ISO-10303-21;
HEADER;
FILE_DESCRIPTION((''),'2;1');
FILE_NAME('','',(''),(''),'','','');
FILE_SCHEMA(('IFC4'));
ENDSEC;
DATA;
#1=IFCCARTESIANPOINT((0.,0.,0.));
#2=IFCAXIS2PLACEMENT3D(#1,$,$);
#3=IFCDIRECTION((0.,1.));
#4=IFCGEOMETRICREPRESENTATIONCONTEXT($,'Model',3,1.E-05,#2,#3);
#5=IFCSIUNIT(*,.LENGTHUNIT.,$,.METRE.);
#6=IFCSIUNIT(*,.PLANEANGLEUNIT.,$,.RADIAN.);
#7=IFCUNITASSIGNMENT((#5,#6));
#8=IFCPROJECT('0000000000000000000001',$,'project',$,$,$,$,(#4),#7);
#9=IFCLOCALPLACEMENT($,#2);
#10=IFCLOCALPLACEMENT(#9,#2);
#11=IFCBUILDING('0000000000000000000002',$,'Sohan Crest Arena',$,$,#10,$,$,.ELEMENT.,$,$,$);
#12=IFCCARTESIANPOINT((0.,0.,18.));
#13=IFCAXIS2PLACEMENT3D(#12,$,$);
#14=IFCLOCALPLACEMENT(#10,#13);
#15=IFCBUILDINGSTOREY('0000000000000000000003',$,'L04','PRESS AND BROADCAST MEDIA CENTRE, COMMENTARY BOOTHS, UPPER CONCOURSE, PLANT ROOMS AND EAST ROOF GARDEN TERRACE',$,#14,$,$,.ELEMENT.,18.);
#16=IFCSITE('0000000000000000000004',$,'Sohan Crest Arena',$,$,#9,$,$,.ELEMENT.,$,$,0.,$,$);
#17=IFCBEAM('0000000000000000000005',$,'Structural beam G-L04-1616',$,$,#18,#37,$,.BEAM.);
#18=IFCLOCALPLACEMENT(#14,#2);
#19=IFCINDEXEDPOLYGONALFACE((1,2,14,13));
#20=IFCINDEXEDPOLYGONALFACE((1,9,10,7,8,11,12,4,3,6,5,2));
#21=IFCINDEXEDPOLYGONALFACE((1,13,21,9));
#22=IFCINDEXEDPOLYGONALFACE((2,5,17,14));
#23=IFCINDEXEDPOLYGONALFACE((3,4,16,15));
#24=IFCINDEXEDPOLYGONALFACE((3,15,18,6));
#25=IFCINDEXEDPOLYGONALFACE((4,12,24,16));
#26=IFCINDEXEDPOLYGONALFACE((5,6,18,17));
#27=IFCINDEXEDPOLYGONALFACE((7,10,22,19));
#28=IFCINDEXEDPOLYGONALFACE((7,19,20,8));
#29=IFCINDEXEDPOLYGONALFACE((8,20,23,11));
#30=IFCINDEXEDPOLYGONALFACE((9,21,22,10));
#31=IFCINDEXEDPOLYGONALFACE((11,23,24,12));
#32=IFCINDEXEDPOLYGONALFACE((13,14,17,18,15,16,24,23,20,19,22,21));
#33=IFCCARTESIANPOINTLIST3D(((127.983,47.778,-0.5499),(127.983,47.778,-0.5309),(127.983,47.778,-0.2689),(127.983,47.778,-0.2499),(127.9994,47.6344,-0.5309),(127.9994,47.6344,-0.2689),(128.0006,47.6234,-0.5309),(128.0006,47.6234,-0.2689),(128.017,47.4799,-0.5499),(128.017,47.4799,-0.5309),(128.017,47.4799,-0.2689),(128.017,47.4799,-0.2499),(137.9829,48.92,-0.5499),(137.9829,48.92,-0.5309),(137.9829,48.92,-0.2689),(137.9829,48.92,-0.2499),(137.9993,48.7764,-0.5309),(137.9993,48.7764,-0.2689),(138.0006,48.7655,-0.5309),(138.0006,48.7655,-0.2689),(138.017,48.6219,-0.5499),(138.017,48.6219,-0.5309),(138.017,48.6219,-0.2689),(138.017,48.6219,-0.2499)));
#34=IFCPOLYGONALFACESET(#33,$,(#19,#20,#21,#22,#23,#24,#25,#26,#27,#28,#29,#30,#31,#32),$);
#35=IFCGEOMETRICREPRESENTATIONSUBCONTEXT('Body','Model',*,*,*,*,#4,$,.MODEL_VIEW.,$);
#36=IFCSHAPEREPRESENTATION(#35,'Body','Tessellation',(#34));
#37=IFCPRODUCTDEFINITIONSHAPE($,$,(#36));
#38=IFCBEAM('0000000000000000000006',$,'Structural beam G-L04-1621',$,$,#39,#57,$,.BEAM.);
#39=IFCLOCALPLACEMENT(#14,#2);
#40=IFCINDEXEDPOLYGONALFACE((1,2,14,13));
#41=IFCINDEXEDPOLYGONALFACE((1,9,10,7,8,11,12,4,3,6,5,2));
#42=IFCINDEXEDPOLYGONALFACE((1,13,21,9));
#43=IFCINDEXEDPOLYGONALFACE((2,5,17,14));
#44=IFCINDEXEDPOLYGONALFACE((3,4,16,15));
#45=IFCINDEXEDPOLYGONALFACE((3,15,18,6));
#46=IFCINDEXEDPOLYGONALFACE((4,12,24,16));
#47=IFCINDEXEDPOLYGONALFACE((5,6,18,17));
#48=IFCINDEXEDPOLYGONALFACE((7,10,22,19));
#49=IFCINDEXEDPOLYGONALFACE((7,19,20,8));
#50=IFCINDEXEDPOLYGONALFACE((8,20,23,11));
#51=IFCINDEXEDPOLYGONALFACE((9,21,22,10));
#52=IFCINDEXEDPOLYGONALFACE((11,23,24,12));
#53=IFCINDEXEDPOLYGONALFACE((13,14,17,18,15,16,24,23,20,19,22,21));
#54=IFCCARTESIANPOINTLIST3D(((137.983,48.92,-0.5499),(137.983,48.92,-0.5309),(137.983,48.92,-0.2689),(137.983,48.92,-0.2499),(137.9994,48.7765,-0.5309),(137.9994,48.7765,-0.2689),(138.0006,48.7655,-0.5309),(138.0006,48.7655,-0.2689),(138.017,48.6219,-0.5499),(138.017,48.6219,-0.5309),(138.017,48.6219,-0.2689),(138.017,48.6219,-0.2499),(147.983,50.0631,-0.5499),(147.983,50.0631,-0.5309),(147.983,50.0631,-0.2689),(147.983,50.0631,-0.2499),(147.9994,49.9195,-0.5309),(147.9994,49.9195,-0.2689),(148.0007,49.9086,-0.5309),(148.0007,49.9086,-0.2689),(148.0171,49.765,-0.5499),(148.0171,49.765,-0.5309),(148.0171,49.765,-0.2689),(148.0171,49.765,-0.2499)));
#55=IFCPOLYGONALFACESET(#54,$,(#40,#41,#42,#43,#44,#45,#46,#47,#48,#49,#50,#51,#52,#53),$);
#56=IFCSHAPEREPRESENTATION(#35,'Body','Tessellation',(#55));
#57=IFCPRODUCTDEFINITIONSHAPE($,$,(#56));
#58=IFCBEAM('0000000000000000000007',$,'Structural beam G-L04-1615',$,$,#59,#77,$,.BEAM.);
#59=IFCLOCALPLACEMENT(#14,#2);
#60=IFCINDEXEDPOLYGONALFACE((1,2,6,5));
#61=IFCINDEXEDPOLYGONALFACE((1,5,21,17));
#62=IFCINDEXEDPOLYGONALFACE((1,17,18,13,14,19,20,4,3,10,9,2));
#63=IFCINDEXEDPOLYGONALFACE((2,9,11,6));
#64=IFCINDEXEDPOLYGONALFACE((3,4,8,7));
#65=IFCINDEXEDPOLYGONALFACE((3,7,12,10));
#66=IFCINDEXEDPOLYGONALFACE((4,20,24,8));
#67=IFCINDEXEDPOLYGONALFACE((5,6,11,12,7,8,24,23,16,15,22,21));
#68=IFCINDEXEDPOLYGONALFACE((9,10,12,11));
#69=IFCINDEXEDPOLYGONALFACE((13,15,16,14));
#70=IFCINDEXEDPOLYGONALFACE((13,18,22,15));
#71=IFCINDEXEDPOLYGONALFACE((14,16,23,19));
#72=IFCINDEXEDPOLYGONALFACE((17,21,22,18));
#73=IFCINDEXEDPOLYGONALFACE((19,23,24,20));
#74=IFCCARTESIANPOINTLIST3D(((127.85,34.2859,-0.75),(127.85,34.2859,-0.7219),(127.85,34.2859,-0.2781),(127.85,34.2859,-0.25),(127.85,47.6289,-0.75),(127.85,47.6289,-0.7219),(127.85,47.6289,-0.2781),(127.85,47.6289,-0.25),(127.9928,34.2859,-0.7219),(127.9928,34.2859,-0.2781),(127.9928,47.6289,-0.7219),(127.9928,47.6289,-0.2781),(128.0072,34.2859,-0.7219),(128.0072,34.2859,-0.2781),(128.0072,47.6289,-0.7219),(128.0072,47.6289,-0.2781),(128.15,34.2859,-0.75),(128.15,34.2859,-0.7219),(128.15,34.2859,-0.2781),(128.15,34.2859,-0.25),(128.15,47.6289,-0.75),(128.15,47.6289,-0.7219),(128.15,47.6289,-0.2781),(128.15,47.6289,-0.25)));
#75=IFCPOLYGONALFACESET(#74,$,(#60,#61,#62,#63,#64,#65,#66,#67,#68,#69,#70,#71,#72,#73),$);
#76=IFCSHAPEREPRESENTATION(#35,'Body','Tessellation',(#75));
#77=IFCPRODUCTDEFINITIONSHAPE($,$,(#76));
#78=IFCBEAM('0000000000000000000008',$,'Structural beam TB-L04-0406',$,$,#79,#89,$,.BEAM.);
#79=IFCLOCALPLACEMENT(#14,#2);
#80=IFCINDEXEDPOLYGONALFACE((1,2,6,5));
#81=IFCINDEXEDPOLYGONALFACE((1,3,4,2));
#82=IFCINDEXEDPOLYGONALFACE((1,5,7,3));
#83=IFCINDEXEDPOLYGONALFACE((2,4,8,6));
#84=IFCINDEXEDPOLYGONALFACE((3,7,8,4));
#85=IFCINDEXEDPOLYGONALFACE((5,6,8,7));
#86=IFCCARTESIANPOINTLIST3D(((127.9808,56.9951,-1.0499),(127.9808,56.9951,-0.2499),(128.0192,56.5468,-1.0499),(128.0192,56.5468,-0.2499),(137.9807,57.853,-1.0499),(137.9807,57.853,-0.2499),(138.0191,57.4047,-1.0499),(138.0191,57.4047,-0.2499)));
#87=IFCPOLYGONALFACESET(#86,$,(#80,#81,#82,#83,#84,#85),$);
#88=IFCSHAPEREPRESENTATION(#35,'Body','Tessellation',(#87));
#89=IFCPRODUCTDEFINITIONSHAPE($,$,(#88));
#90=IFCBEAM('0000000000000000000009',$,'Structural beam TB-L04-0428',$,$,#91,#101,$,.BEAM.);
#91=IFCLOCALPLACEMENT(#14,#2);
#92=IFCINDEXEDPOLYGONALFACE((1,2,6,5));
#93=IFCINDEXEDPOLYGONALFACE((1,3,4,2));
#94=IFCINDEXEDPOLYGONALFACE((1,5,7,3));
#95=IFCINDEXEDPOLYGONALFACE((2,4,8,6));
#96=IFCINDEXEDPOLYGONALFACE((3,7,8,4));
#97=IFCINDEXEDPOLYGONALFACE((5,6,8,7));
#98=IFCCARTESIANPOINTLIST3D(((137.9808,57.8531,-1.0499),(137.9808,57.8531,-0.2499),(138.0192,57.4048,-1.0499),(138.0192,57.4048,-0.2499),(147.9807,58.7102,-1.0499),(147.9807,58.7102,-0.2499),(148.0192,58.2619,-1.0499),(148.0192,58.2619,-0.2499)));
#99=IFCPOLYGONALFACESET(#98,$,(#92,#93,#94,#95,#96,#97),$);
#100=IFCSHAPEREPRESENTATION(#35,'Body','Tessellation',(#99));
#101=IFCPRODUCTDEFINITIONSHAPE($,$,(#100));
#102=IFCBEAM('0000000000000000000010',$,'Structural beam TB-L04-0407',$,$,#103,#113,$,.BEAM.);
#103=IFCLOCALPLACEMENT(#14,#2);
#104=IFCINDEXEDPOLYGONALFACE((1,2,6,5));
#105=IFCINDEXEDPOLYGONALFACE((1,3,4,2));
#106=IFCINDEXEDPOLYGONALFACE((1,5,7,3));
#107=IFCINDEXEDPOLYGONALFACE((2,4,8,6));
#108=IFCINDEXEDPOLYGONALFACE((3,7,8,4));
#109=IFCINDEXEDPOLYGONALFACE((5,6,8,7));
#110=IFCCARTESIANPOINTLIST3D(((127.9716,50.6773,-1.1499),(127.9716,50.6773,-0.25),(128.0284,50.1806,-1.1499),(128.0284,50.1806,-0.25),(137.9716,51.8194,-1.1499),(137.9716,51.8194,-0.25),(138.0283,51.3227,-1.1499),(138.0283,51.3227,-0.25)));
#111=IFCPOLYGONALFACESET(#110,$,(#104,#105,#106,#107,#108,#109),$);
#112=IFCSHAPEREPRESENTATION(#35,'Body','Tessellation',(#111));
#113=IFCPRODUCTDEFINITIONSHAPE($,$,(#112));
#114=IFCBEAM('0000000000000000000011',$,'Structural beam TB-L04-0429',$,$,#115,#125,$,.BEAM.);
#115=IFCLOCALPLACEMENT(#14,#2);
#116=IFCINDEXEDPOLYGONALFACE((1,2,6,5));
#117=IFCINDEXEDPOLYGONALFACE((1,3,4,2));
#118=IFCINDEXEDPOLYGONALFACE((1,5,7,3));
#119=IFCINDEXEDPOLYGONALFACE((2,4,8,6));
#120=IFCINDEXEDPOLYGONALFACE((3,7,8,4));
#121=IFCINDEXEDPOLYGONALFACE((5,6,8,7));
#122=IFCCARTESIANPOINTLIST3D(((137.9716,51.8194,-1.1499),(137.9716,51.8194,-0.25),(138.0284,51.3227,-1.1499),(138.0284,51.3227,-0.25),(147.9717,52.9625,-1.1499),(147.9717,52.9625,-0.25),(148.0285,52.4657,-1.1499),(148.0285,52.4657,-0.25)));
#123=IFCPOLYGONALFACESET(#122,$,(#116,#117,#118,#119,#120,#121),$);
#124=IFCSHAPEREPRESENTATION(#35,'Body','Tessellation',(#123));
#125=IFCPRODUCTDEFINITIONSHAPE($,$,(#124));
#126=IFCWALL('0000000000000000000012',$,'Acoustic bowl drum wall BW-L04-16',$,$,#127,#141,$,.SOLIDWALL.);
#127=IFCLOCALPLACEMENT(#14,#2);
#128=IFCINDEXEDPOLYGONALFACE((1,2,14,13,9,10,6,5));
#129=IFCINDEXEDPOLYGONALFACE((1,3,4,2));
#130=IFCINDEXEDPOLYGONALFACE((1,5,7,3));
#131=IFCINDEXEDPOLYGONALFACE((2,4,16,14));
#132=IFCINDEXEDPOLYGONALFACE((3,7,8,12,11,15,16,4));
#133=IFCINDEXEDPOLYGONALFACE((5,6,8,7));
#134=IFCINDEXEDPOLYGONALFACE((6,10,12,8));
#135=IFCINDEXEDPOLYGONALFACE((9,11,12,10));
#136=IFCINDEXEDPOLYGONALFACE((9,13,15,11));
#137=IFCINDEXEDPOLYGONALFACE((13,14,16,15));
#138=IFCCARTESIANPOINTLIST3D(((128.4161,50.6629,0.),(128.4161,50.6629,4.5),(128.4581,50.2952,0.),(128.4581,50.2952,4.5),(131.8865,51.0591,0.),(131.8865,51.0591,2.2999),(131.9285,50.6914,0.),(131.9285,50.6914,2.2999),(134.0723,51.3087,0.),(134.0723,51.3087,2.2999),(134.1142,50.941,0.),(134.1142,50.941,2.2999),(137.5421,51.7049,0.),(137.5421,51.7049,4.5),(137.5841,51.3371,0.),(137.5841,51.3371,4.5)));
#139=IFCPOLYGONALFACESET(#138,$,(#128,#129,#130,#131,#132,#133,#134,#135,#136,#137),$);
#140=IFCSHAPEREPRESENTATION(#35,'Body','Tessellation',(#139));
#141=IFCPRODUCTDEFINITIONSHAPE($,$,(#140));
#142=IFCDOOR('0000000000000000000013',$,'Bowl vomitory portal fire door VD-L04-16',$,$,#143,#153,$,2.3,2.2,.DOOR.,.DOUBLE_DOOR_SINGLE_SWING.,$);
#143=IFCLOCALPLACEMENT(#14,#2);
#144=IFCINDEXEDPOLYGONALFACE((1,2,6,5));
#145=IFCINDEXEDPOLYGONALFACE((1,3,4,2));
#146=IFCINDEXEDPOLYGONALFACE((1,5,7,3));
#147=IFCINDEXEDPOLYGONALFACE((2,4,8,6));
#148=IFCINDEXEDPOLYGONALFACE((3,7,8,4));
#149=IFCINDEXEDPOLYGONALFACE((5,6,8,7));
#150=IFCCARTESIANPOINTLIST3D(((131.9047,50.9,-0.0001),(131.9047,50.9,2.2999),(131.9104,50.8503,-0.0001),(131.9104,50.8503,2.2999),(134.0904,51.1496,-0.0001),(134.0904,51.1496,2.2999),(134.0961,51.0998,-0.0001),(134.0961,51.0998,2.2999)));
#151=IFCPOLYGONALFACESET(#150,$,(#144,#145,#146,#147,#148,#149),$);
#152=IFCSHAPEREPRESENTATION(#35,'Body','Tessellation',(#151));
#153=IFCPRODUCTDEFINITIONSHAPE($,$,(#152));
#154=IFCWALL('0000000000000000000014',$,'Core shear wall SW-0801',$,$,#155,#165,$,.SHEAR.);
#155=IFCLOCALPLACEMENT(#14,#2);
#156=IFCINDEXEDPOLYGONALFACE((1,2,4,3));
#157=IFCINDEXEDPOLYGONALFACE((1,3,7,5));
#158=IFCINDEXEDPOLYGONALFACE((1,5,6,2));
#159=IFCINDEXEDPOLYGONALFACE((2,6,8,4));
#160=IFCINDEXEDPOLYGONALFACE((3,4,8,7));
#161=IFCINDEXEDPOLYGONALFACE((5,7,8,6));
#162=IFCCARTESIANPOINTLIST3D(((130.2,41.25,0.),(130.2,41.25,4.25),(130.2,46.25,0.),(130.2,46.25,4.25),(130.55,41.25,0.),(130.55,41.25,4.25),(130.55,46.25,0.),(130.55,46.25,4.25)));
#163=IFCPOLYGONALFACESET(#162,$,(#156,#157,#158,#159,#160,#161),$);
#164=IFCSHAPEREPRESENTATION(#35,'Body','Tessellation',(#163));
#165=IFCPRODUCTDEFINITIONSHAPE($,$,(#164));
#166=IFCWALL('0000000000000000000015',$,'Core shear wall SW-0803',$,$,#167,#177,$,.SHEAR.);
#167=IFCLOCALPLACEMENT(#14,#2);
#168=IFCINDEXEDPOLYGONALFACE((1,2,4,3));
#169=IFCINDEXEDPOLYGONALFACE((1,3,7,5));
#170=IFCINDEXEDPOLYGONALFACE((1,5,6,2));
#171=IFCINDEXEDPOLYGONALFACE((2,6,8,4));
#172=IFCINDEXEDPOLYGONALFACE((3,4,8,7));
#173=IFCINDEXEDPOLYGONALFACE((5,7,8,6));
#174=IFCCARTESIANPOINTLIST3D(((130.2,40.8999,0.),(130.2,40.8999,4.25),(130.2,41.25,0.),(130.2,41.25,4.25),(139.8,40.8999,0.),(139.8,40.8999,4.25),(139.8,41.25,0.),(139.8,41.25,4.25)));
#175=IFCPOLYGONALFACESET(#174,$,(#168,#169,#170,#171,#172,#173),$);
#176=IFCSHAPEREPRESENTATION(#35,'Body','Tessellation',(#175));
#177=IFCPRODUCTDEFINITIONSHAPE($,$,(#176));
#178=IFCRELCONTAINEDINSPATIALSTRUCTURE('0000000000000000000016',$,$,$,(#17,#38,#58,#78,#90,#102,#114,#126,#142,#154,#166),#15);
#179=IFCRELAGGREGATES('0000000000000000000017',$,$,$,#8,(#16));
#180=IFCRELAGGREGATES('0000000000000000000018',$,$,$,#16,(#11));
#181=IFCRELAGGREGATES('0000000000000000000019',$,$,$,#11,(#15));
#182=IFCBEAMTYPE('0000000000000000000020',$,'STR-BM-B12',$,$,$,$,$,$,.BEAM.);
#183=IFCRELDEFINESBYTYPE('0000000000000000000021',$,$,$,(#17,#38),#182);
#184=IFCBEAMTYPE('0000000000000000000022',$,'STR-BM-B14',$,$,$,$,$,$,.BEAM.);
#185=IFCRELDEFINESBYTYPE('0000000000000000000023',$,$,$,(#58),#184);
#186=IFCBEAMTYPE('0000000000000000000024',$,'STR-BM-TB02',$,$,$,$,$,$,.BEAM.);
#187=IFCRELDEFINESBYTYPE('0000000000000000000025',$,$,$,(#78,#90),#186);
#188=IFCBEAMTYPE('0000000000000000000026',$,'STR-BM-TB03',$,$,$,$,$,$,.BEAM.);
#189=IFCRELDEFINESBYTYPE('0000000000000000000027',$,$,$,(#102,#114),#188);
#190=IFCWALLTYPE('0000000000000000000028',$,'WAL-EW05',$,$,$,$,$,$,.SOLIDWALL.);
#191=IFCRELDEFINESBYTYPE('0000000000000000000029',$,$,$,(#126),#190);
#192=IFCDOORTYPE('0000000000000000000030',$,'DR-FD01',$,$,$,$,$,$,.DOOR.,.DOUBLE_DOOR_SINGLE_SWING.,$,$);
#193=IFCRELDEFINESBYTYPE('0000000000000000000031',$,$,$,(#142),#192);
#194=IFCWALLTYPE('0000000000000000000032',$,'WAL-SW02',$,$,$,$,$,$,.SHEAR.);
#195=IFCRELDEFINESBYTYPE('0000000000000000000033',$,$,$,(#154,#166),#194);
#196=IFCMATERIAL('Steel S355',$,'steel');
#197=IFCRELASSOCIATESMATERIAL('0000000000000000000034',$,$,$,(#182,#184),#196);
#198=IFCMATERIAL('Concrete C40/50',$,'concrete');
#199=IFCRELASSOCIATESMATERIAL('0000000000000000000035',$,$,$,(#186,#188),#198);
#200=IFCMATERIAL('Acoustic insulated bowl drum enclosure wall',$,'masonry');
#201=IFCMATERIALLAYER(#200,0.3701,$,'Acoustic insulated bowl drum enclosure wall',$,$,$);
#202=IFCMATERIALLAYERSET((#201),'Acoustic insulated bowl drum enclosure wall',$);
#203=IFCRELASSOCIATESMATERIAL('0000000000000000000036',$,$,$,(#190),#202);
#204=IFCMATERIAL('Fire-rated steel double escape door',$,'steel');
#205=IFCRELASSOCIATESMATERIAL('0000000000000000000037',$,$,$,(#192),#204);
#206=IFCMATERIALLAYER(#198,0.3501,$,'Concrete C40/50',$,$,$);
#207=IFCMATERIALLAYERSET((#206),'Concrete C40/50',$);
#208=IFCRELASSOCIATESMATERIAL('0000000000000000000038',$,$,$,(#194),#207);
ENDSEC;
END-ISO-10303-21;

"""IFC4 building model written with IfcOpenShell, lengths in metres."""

from ifc_helpers import new_model, si_unit, direction, frame, frame_2d, origin, origin_2d, place, context, subcontext, project, spatial, rectangle, i_section, extrude, material, layer, layer_set, material_profile, profile_set, type_object, element, fill, save


model = new_model("IFC4")

# Units and contexts
model_context = context("Model", 3, precision=1e-05, world=origin(), true_north=direction((0.0, 1.0)))
body_context = subcontext(model_context, "Body", "Model", "MODEL_VIEW")
ifc_project = project(units=[si_unit("LENGTHUNIT", "METRE"), si_unit("PLANEANGLEUNIT", "RADIAN")], contexts=[model_context])

# Site, building, storey
site_placement = place(None, origin())
site = spatial("IfcSite", under=ifc_project, at=site_placement, Name="Sohan Crest Arena", CompositionType="ELEMENT", RefElevation=0.0)
building_placement = place(site_placement, origin())
building = spatial("IfcBuilding", under=site, at=building_placement, Name="Sohan Crest Arena", CompositionType="ELEMENT")
storey_placement = place(building_placement, frame((0.0, 0.0, 18.0)))
storey = spatial("IfcBuildingStorey", under=building, at=storey_placement, Name="L04", Description="PRESS AND BROADCAST MEDIA CENTRE, COMMENTARY BOOTHS, UPPER CONCOURSE, PLANT ROOMS AND EAST ROOF GARDEN TERRACE", CompositionType="ELEMENT", Elevation=18.0)

# Shared definitions
ifc_material_1 = material(Name="Concrete C40/50", Category="concrete")
ifc_material_2 = material(Name="Steel S355", Category="steel")

# Beams
ifc_material_profile_1 = material_profile(ifc_material_2, i_section(OverallWidth=0.3, OverallDepth=0.3, WebThickness=0.011, FlangeThickness=0.019, at=origin_2d()), Name="HEB 300")
ifc_profile_set_1 = profile_set([ifc_material_profile_1], Name="Steel S355")
beam_type_1 = type_object("IfcBeamType", Name="STR-BM-B12", PredefinedType="BEAM", material=ifc_profile_set_1)
beam_1_placement = place(storey_placement, frame((128.0, 47.6289, -0.3999), z_axis=(0.993541, 0.113471, 0.0), x_axis=(-0.113471, 0.993541, 0.0)))
element("IfcBeam", 1, at=beam_1_placement, inside=storey, type_object=beam_type_1, Name="Structural beam G-L04-1616", PredefinedType="BEAM", context=body_context, shape_type="SweptSolid", body=[
    extrude(i_section(OverallWidth=0.3, OverallDepth=0.3, WebThickness=0.011, FlangeThickness=0.019, at=origin_2d()), origin(), (0.0, 0.0, 1.0), 10.0649),
])
beam_2_placement = place(storey_placement, frame((138.0, 48.771, -0.3999), z_axis=(0.99353, 0.113567, 0.0), x_axis=(-0.113567, 0.99353, 0.0)))
element("IfcBeam", 2, at=beam_2_placement, inside=storey, type_object=beam_type_1, Name="Structural beam G-L04-1621", PredefinedType="BEAM", context=body_context, shape_type="SweptSolid", body=[
    extrude(i_section(OverallWidth=0.3, OverallDepth=0.3, WebThickness=0.011, FlangeThickness=0.019, at=origin_2d()), origin(), (0.0, 0.0, 1.0), 10.0652),
])
ifc_material_profile_2 = material_profile(ifc_material_2, i_section(OverallWidth=0.3, OverallDepth=0.5, WebThickness=0.0144, FlangeThickness=0.0281, at=origin_2d()), Name="HEB 500")
ifc_profile_set_2 = profile_set([ifc_material_profile_2], Name="Steel S355")
beam_type_2 = type_object("IfcBeamType", Name="STR-BM-B14", PredefinedType="BEAM", material=ifc_profile_set_2)
beam_3_placement = place(storey_placement, frame((128.0, 47.6289, -0.5), z_axis=(0.0, -1.0, 0.0), x_axis=(1.0, 0.0, 0.0)))
element("IfcBeam", 3, at=beam_3_placement, inside=storey, type_object=beam_type_2, Name="Structural beam G-L04-1615", PredefinedType="BEAM", context=body_context, shape_type="SweptSolid", body=[
    extrude(i_section(OverallWidth=0.3, OverallDepth=0.5, WebThickness=0.0144, FlangeThickness=0.0281, at=origin_2d()), origin(), (0.0, 0.0, 1.0), 13.343),
])
ifc_material_profile_3 = material_profile(ifc_material_1, rectangle(XDim=0.45, YDim=0.8, at=origin_2d()), Name="RC-BM 450x800")
ifc_profile_set_3 = profile_set([ifc_material_profile_3], Name="Concrete C40/50")
beam_type_3 = type_object("IfcBeamType", Name="STR-BM-TB02", PredefinedType="BEAM", material=ifc_profile_set_3)
for number, where, z_axis, x_axis, name in (
    (4, (128.0, 56.771, -0.6499), (0.99634, 0.085477, 0.0), (-0.085477, 0.99634, 0.0), "Structural beam TB-L04-0406"),
    (5, (138.0, 57.6289, -0.6499), (0.996346, 0.085405, 0.0), (-0.085405, 0.996346, 0.0), "Structural beam TB-L04-0428"),
):
    element("IfcBeam", number, at=place(storey_placement, frame(where, z_axis=z_axis, x_axis=x_axis)), inside=storey, type_object=beam_type_3, Name=name, PredefinedType="BEAM", context=body_context, shape_type="SweptSolid", body=[
        extrude(rectangle(XDim=0.45, YDim=0.8, at=origin_2d()), origin(), (0.0, 0.0, 1.0), 10.0366),
    ])
ifc_material_profile_4 = material_profile(ifc_material_1, rectangle(XDim=0.5, YDim=0.8999, at=origin_2d()), Name="RC-BM 500x900")
ifc_profile_set_4 = profile_set([ifc_material_profile_4], Name="Concrete C40/50")
beam_type_4 = type_object("IfcBeamType", Name="STR-BM-TB03", PredefinedType="BEAM", material=ifc_profile_set_4)
beam_4_placement = place(storey_placement, frame((128.0, 50.429, -0.7), z_axis=(0.993541, 0.113471, 0.0), x_axis=(-0.113471, 0.993541, 0.0)))
element("IfcBeam", 6, at=beam_4_placement, inside=storey, type_object=beam_type_4, Name="Structural beam TB-L04-0407", PredefinedType="BEAM", context=body_context, shape_type="SweptSolid", body=[
    extrude(rectangle(XDim=0.5, YDim=0.8999, at=origin_2d()), origin(), (0.0, 0.0, 1.0), 10.0649),
])
beam_5_placement = place(storey_placement, frame((138.0, 51.571, -0.7), z_axis=(0.99353, 0.113567, 0.0), x_axis=(-0.113567, 0.99353, 0.0)))
element("IfcBeam", 7, at=beam_5_placement, inside=storey, type_object=beam_type_4, Name="Structural beam TB-L04-0429", PredefinedType="BEAM", context=body_context, shape_type="SweptSolid", body=[
    extrude(rectangle(XDim=0.5, YDim=0.8999, at=origin_2d()), origin(), (0.0, 0.0, 1.0), 10.0652),
])

# Wall, opening, door
ifc_material_3 = material(Name="Acoustic insulated bowl drum enclosure wall", Category="masonry")
ifc_layer_1 = layer(ifc_material_3, 0.3701, Name="Acoustic insulated bowl drum enclosure wall")
ifc_layer_set_1 = layer_set([ifc_layer_1], Name="Acoustic insulated bowl drum enclosure wall")
wall_type_1 = type_object("IfcWallType", Name="WAL-EW05", PredefinedType="SOLIDWALL", material=ifc_layer_set_1)
wall_1_placement = place(storey_placement, frame((128.437, 50.479, 0.0), z_axis=(0.0, 0.0, 1.0), x_axis=(0.993545, 0.113442, 0.0)))
wall_1 = element("IfcWall", 8, at=wall_1_placement, inside=storey, type_object=wall_type_1, Name="Acoustic bowl drum wall BW-L04-16", PredefinedType="SOLIDWALL", context=body_context, shape_type="SweptSolid", body=[
    extrude(rectangle(XDim=9.1853, YDim=0.3701, at=frame_2d((4.5928, 0.0))), origin(), (0.0, 0.0, 1.0), 4.5),
])
opening_1_placement = place(wall_1_placement, frame((3.4929, 0.0, 0.0)))
opening_1 = element("IfcOpeningElement", 9, at=opening_1_placement, cuts=wall_1, PredefinedType="OPENING", context=body_context, shape_type="SweptSolid", body=[
    extrude(rectangle(XDim=2.2, YDim=2.3, at=frame_2d((1.1001, 1.1499))), frame((0.0, 0.1951, 0.0), z_axis=(0.0, -1.0, 0.0), x_axis=(1.0, 0.0, 0.0)), (0.0, 0.0, 1.0), 0.3901),
])
ifc_material_4 = material(Name="Fire-rated steel double escape door", Category="steel")
door_type_1 = type_object("IfcDoorType", Name="DR-FD01", OperationType="DOUBLE_DOOR_SINGLE_SWING", PredefinedType="DOOR", material=ifc_material_4)
door_1_placement = place(opening_1_placement, origin())
door_1 = element("IfcDoor", 10, at=door_1_placement, inside=storey, type_object=door_type_1, Name="Bowl vomitory portal fire door VD-L04-16", OperationType="DOUBLE_DOOR_SINGLE_SWING", OverallHeight=2.3, OverallWidth=2.2, PredefinedType="DOOR", context=body_context, shape_type="SweptSolid", body=[
    extrude(rectangle(XDim=2.2, YDim=2.3, at=frame_2d((1.1001, 1.1499))), frame((0.0, 0.0249, 0.0), z_axis=(0.0, -1.0, 0.0), x_axis=(1.0, 0.0, 0.0)), (0.0, 0.0, 1.0), 0.05),
])
fill(opening_1, door_1)

# Walls
ifc_layer_2 = layer(ifc_material_1, 0.3501, Name="Concrete C40/50")
ifc_layer_set_2 = layer_set([ifc_layer_2], Name="Concrete C40/50")
wall_type_2 = type_object("IfcWallType", Name="WAL-SW02", PredefinedType="SHEAR", material=ifc_layer_set_2)
wall_2_placement = place(storey_placement, frame((130.375, 41.25, 0.0), z_axis=(0.0, 0.0, 1.0), x_axis=(0.0, 1.0, 0.0)))
element("IfcWall", 11, at=wall_2_placement, inside=storey, type_object=wall_type_2, Name="Core shear wall SW-0801", PredefinedType="SHEAR", context=body_context, shape_type="SweptSolid", body=[
    extrude(rectangle(XDim=5.0, YDim=0.3501, at=frame_2d((2.5, 0.0))), origin(), (0.0, 0.0, 1.0), 4.25),
])
wall_3_placement = place(storey_placement, frame((130.2, 41.075, 0.0), z_axis=(0.0, 0.0, 1.0), x_axis=(1.0, 0.0, 0.0)))
element("IfcWall", 12, at=wall_3_placement, inside=storey, type_object=wall_type_2, Name="Core shear wall SW-0803", PredefinedType="SHEAR", context=body_context, shape_type="SweptSolid", body=[
    extrude(rectangle(XDim=9.6001, YDim=0.3501, at=frame_2d((4.8, 0.0))), origin(), (0.0, 0.0, 1.0), 4.25),
])

save(model, "model.ifc")
